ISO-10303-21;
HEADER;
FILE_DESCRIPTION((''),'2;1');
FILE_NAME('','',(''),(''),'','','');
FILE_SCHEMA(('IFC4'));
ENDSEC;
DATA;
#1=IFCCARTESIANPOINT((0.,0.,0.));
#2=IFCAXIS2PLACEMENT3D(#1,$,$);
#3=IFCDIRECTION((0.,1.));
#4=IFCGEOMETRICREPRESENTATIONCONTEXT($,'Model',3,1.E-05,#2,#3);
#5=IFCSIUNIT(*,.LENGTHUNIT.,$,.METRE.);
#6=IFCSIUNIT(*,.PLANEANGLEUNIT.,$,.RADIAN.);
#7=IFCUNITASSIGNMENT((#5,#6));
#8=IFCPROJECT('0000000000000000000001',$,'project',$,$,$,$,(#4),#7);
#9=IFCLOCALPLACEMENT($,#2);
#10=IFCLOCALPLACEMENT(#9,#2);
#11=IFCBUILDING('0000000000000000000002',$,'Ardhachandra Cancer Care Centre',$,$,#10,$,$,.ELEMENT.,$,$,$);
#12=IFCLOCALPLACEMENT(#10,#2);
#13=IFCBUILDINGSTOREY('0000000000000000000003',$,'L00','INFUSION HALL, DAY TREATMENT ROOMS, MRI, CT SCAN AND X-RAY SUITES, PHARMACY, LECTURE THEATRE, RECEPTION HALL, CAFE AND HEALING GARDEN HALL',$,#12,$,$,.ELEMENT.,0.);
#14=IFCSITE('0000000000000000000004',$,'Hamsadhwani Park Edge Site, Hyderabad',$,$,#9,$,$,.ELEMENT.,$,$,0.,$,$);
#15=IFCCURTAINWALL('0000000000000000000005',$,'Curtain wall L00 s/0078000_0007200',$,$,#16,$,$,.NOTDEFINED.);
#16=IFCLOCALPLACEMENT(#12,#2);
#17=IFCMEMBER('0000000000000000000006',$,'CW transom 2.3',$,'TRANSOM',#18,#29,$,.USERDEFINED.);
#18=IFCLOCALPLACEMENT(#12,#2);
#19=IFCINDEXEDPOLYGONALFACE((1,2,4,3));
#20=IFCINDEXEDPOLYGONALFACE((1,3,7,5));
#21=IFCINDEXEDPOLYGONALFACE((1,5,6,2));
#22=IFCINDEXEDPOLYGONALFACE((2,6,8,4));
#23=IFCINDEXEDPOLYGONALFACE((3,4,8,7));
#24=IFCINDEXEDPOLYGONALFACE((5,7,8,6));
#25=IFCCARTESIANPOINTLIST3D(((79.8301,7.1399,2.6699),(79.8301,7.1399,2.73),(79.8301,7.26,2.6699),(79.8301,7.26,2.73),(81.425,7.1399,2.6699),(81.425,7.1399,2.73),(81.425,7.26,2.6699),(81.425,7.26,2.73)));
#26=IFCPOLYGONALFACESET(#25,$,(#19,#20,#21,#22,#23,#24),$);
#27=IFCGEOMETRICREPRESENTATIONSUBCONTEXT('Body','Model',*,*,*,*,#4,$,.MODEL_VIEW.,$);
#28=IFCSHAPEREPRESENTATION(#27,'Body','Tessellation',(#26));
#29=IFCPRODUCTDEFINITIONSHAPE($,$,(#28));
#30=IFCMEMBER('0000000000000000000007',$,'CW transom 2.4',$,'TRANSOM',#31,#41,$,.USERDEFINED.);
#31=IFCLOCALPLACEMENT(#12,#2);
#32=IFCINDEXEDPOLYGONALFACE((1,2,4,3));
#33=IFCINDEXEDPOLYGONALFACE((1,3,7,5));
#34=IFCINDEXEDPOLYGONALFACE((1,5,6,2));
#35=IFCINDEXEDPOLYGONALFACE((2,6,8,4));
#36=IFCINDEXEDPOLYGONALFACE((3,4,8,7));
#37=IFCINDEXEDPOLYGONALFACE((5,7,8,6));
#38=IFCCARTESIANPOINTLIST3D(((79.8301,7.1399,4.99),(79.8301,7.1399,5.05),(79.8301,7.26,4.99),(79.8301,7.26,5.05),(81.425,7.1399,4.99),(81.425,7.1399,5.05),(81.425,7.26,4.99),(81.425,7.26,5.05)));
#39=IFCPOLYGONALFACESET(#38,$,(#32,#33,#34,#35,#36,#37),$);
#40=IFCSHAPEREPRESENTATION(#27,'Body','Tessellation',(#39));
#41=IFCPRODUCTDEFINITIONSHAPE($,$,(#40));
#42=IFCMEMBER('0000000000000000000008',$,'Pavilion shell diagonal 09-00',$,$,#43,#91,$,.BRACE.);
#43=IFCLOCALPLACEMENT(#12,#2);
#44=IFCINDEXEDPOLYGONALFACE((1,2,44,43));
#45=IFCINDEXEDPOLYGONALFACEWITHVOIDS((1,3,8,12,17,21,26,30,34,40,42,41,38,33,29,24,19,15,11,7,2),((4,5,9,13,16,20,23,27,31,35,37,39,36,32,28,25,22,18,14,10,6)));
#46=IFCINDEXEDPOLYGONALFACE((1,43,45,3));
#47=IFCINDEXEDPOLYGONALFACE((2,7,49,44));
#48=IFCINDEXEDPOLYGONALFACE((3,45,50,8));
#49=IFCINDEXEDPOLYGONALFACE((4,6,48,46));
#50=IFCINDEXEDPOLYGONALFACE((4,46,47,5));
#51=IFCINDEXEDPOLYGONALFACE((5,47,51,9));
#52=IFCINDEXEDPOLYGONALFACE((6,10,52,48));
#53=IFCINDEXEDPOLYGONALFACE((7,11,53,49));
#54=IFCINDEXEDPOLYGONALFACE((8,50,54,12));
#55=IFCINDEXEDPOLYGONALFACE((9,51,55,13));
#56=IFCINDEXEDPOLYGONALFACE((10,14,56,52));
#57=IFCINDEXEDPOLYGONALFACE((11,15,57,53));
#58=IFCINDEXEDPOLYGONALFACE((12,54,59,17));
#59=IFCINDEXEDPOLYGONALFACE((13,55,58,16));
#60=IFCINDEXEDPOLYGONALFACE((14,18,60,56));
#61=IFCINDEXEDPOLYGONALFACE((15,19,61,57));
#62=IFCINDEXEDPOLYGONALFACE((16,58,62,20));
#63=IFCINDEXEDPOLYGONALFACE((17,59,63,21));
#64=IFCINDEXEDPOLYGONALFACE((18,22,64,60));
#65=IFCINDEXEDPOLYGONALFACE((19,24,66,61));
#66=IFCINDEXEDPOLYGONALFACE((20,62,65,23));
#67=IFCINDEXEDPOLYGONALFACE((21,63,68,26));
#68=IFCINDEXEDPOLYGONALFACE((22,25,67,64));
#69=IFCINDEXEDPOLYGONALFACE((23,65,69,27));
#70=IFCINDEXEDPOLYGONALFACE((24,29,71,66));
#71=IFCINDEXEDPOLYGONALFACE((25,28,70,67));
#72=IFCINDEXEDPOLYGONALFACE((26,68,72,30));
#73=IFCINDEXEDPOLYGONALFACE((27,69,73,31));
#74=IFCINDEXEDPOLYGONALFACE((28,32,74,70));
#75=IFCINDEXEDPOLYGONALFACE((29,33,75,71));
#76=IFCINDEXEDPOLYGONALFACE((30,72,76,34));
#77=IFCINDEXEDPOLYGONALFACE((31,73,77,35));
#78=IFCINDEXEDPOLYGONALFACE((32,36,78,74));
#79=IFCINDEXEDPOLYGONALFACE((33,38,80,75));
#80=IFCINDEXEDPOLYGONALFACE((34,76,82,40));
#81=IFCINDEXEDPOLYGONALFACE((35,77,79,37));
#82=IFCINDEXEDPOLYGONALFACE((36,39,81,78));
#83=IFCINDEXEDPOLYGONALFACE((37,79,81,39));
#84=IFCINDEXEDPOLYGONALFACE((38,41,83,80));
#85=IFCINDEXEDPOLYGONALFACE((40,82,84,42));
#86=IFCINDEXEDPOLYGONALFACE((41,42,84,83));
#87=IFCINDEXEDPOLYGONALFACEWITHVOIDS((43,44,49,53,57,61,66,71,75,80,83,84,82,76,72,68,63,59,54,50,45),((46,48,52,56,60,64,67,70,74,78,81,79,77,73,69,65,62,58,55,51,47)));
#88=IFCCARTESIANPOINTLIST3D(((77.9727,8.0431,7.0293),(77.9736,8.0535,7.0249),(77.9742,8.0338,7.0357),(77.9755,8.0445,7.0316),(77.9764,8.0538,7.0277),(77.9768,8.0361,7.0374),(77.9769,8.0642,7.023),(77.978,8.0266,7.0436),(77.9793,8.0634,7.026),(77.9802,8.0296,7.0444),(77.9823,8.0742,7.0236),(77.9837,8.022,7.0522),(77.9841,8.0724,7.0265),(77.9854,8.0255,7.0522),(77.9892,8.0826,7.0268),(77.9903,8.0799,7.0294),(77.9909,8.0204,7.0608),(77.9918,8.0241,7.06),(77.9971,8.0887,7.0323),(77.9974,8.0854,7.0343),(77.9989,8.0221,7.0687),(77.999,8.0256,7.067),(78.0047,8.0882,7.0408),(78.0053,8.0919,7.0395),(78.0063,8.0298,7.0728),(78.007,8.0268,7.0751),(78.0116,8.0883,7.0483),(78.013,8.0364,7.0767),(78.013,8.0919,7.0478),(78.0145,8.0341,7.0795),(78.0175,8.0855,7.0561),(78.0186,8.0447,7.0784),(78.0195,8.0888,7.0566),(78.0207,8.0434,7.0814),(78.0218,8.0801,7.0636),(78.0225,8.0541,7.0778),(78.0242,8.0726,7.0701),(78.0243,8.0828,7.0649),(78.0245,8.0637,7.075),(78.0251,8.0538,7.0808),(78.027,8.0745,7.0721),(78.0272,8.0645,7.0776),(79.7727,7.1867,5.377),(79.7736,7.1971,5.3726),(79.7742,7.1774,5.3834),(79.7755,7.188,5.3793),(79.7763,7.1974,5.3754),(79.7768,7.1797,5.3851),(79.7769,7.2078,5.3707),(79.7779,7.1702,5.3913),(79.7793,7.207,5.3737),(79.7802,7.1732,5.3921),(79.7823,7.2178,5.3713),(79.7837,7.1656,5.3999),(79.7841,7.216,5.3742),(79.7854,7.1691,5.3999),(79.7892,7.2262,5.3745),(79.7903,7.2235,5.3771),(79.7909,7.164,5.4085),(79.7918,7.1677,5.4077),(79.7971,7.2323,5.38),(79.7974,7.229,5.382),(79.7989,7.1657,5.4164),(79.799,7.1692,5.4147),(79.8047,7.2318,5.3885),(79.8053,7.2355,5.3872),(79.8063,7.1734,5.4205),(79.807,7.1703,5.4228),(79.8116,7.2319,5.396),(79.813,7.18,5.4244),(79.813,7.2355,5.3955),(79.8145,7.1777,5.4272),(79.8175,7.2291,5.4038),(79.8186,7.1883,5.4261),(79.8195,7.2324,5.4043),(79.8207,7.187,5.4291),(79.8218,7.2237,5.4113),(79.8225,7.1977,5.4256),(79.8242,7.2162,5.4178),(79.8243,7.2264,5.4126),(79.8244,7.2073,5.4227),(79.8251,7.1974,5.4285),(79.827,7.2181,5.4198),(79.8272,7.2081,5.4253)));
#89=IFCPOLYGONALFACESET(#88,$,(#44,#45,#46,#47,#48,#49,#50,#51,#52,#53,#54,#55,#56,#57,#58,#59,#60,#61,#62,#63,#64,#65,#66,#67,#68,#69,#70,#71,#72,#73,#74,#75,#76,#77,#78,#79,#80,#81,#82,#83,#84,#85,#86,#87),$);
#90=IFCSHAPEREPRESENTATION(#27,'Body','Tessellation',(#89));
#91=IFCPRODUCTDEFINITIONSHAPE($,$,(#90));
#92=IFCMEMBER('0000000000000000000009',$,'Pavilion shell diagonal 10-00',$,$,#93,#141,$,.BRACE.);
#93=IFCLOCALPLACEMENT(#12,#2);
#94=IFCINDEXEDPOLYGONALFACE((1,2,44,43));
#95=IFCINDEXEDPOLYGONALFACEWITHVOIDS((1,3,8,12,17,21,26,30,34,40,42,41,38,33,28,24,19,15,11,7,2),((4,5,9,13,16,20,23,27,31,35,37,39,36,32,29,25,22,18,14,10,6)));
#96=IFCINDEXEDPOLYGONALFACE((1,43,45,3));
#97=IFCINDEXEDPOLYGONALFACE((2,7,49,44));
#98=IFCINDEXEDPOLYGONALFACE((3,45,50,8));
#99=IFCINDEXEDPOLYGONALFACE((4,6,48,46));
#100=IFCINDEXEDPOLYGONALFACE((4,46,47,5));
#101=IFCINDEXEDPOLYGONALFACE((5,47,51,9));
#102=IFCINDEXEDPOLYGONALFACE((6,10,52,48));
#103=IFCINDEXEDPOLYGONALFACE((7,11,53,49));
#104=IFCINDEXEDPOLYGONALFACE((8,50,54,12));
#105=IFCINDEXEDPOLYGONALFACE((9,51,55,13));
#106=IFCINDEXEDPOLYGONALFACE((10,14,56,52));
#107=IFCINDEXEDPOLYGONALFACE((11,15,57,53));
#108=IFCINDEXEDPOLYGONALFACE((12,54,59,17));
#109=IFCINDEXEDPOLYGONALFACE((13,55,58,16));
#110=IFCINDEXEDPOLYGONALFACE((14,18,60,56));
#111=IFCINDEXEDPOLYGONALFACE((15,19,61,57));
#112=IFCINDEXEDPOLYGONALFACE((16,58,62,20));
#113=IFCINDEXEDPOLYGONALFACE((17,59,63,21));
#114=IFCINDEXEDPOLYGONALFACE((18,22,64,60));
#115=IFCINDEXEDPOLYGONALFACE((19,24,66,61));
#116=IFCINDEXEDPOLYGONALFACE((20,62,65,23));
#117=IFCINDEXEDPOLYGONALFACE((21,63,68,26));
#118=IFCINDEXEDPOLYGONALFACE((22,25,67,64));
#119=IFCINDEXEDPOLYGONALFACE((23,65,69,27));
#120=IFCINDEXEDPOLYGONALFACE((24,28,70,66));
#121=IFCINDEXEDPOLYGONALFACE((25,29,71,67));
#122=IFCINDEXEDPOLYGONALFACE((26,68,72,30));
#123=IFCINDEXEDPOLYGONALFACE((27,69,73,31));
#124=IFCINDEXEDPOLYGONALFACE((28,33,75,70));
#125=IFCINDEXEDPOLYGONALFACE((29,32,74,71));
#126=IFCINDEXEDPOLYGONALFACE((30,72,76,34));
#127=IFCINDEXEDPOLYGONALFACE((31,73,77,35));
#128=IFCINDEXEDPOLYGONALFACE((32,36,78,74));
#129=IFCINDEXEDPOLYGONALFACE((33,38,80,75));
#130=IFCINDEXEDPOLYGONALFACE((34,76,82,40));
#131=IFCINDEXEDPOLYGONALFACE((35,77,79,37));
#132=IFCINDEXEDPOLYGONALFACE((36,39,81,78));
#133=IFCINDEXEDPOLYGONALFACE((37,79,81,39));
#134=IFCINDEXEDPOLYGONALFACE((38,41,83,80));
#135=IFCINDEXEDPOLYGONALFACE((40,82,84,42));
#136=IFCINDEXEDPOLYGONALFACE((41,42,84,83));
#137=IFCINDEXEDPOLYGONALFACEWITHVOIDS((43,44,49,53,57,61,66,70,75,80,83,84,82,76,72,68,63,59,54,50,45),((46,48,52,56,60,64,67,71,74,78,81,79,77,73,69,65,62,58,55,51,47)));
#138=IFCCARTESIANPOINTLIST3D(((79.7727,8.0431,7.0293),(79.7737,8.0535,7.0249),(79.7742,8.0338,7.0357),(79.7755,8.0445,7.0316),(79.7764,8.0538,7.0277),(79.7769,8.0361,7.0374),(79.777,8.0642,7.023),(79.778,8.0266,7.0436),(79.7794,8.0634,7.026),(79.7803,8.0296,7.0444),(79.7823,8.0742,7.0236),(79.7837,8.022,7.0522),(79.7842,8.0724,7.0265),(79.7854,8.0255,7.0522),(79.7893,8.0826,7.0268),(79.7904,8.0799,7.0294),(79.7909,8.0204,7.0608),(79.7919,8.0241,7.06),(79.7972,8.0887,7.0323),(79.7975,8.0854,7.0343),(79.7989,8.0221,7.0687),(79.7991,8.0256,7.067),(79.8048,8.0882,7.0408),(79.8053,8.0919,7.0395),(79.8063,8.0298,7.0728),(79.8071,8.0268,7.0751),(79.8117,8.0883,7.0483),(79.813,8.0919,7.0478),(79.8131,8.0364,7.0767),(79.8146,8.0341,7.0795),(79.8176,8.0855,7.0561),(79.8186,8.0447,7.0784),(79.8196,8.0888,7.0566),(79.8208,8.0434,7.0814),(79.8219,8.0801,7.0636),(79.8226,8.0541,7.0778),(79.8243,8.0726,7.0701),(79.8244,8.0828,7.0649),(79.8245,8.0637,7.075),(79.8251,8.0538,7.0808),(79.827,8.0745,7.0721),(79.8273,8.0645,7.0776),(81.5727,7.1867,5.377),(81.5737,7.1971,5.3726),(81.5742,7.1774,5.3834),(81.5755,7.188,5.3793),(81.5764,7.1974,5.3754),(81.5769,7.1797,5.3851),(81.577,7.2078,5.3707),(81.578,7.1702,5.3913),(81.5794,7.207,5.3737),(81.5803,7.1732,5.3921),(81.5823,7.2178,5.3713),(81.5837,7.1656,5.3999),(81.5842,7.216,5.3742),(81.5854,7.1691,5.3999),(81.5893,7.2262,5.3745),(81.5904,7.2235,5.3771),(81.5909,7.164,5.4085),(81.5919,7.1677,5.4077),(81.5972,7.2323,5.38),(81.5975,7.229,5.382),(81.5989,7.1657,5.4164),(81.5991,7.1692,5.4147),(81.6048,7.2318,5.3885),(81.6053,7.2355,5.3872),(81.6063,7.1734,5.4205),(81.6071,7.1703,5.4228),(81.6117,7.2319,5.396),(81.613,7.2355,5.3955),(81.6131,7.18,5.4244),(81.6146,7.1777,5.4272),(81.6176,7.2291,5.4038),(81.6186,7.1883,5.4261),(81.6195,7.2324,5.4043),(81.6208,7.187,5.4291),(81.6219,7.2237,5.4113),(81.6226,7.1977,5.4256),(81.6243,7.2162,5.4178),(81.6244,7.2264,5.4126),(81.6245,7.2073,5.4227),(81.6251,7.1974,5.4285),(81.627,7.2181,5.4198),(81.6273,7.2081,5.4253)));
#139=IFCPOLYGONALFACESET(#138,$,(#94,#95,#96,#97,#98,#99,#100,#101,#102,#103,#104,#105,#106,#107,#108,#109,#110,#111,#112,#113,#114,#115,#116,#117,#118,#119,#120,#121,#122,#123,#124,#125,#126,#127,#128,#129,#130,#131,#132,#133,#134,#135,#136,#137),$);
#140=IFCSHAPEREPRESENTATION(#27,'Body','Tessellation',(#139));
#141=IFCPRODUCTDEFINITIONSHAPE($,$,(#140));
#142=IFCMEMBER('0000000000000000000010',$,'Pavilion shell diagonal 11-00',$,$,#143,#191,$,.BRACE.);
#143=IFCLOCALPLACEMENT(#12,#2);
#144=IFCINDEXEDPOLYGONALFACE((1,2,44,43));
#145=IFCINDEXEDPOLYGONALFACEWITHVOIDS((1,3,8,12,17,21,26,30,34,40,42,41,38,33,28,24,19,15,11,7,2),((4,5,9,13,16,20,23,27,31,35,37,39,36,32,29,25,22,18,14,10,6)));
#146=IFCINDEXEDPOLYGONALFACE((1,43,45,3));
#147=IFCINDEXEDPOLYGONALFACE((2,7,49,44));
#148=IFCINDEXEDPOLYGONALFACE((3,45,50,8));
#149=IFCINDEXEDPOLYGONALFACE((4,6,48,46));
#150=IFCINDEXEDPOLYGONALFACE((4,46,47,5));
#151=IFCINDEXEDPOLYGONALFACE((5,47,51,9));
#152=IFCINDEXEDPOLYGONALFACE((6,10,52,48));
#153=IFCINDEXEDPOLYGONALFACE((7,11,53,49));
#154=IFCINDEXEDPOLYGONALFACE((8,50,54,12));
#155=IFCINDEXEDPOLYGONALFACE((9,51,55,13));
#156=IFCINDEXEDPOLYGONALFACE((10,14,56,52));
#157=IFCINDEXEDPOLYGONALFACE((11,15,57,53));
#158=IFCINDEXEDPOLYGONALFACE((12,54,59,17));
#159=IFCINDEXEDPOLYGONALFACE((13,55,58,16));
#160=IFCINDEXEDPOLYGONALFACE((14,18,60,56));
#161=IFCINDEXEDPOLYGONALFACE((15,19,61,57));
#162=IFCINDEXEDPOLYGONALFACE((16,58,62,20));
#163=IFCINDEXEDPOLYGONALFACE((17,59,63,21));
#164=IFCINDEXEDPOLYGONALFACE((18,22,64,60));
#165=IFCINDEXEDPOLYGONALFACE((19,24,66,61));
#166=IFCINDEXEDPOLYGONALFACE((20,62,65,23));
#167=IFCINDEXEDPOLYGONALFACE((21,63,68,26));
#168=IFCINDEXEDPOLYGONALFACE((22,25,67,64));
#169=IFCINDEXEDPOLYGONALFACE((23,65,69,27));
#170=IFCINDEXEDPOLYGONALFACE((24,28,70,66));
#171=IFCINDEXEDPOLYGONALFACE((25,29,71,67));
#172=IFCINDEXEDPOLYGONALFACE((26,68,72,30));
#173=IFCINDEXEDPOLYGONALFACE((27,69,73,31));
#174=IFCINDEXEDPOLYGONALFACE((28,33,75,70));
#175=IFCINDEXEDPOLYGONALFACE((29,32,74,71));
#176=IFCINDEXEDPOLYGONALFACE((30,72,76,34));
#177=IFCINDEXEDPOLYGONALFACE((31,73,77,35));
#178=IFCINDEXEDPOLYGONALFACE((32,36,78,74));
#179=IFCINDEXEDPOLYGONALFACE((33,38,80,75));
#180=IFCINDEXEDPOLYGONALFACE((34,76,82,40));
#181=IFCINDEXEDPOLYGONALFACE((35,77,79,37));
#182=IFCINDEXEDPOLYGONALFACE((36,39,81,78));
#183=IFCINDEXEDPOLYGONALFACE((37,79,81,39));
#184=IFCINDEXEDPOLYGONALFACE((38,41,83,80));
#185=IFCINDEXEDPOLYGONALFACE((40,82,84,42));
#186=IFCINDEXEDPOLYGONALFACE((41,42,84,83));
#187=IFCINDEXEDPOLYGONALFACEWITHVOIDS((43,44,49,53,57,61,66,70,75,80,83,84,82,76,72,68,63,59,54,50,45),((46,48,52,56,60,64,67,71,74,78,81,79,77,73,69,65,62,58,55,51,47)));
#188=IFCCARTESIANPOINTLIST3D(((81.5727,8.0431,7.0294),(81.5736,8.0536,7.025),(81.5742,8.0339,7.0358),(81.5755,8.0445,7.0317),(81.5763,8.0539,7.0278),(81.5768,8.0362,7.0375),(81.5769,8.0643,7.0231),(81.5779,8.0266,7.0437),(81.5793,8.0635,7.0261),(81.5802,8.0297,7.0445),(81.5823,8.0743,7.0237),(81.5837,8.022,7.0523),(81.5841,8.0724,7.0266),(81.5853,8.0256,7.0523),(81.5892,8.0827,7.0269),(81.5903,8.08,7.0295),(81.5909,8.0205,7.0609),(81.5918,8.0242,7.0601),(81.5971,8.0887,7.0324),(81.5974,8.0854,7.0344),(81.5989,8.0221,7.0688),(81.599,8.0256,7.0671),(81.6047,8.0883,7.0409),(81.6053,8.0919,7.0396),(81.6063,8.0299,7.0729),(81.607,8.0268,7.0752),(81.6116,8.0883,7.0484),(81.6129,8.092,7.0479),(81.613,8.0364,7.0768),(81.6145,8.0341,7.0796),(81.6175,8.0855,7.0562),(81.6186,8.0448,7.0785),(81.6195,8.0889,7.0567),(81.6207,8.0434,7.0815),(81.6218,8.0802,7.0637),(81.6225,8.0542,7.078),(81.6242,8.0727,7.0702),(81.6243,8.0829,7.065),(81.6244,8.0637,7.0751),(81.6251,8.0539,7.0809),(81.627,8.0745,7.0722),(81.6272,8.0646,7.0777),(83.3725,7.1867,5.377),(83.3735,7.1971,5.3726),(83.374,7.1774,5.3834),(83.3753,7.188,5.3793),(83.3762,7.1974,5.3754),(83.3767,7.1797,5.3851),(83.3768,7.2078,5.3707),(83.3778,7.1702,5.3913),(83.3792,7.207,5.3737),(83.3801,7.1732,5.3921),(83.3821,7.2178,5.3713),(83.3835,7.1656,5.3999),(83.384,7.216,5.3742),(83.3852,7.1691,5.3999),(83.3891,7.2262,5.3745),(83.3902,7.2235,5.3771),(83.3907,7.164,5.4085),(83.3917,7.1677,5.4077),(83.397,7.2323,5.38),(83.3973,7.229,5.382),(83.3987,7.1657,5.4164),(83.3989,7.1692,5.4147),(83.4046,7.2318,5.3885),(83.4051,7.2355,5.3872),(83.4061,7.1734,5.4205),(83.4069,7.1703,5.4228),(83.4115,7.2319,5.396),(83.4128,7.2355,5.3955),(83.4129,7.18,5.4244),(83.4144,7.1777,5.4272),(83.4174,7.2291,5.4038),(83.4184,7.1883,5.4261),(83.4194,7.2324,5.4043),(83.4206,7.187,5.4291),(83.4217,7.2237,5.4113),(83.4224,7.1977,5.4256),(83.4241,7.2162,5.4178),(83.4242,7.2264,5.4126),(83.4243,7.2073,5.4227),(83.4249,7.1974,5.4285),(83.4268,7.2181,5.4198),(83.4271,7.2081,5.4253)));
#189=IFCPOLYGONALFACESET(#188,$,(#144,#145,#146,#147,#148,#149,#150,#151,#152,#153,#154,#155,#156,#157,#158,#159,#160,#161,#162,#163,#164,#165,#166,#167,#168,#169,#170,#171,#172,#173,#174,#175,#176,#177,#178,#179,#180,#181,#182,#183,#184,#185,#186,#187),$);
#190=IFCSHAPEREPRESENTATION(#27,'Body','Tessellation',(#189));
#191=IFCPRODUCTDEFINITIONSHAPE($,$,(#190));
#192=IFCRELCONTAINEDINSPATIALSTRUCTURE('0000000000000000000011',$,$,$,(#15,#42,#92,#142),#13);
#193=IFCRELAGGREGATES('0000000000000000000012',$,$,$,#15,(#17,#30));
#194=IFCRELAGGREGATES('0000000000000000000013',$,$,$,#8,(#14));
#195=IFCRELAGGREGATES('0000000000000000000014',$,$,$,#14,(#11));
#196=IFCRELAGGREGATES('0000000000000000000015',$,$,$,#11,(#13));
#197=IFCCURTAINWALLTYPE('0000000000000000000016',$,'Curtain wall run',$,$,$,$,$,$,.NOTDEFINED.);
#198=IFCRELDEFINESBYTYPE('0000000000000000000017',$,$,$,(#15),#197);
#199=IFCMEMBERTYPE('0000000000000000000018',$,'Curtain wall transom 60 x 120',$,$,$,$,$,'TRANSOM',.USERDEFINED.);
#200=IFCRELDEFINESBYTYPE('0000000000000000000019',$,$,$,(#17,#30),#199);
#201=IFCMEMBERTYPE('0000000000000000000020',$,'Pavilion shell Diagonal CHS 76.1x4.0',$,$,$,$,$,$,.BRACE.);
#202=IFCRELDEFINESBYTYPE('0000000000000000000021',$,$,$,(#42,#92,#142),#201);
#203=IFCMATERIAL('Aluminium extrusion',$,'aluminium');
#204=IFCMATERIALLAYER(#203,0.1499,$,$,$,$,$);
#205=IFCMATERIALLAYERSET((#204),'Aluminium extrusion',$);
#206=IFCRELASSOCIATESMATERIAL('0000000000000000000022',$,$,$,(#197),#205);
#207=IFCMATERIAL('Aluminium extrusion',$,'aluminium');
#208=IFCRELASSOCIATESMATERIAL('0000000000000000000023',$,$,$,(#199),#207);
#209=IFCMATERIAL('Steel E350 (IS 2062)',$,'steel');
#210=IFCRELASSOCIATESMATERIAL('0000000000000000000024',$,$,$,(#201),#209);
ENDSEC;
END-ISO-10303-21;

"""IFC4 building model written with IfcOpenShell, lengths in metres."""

from ifc_helpers import new_model, si_unit, direction, frame, origin, origin_2d, place, context, subcontext, project, spatial, rectangle, hollow_circle, extrude, material, layer, layer_set, material_profile, profile_set, type_object, element, aggregate, save


model = new_model("IFC4")

# Units and contexts
model_context = context("Model", 3, precision=1e-05, world=origin(), true_north=direction((0.0, 1.0)))
body_context = subcontext(model_context, "Body", "Model", "MODEL_VIEW")
ifc_project = project(units=[si_unit("LENGTHUNIT", "METRE"), si_unit("PLANEANGLEUNIT", "RADIAN")], contexts=[model_context])

# Site, building, storey
site_placement = place(None, origin())
site = spatial("IfcSite", under=ifc_project, at=site_placement, Name="Hamsadhwani Park Edge Site, Hyderabad", CompositionType="ELEMENT", RefElevation=0.0)
building_placement = place(site_placement, origin())
building = spatial("IfcBuilding", under=site, at=building_placement, Name="Ardhachandra Cancer Care Centre", CompositionType="ELEMENT")
storey_placement = place(building_placement, origin())
storey = spatial("IfcBuildingStorey", under=building, at=storey_placement, Name="L00", Description="INFUSION HALL, DAY TREATMENT ROOMS, MRI, CT SCAN AND X-RAY SUITES, PHARMACY, LECTURE THEATRE, RECEPTION HALL, CAFE AND HEALING GARDEN HALL", CompositionType="ELEMENT", Elevation=0.0)

# Curtain wall, members
ifc_material_1 = material(Name="Aluminium extrusion", Category="aluminium")
ifc_layer_1 = layer(ifc_material_1, 0.1499)
ifc_layer_set_1 = layer_set([ifc_layer_1], Name="Aluminium extrusion")
curtain_wall_type = type_object("IfcCurtainWallType", Name="Curtain wall run", PredefinedType="NOTDEFINED", material=ifc_layer_set_1)
ifc_material_2 = material(Name="Aluminium extrusion", Category="aluminium")
ifc_material_profile_1 = material_profile(ifc_material_2, rectangle(XDim=0.1201, YDim=0.0601, at=origin_2d()), Name="Curtain wall transom 60 x 120")
ifc_profile_set_1 = profile_set([ifc_material_profile_1], Name="Aluminium extrusion")
member_type_1 = type_object("IfcMemberType", Name="Curtain wall transom 60 x 120", ElementType="TRANSOM", PredefinedType="USERDEFINED", material=ifc_profile_set_1)
curtain_wall_1_placement = place(storey_placement, origin())
curtain_wall_1 = element("IfcCurtainWall", 1, at=curtain_wall_1_placement, inside=storey, type_object=curtain_wall_type, Name="Curtain wall L00 s/0078000_0007200", PredefinedType="NOTDEFINED")
member_1_placement = place(storey_placement, frame((79.8301, 7.2, 2.7), z_axis=(1.0, 0.0, 0.0), x_axis=(0.0, 1.0, 0.0)))
member_1 = element("IfcMember", 2, at=member_1_placement, type_object=member_type_1, Name="CW transom 2.3", ObjectType="TRANSOM", PredefinedType="USERDEFINED", context=body_context, shape_type="SweptSolid", body=[
    extrude(rectangle(XDim=0.1201, YDim=0.0601, at=origin_2d()), origin(), (0.0, 0.0, 1.0), 1.595),
])
member_2_placement = place(storey_placement, frame((79.8301, 7.2, 5.02), z_axis=(1.0, 0.0, 0.0), x_axis=(0.0, 1.0, 0.0)))
member_2 = element("IfcMember", 3, at=member_2_placement, type_object=member_type_1, Name="CW transom 2.4", ObjectType="TRANSOM", PredefinedType="USERDEFINED", context=body_context, shape_type="SweptSolid", body=[
    extrude(rectangle(XDim=0.1201, YDim=0.0601, at=origin_2d()), origin(), (0.0, 0.0, 1.0), 1.595),
])

# Members
ifc_material_3 = material(Name="Steel E350 (IS 2062)", Category="steel")
ifc_material_profile_2 = material_profile(ifc_material_3, hollow_circle(Radius=0.0381, WallThickness=0.0039, at=origin_2d()), Name="CHS 76.1x4.0")
ifc_profile_set_2 = profile_set([ifc_material_profile_2], Name="Steel E350 (IS 2062)")
member_type_2 = type_object("IfcMemberType", Name="Pavilion shell Diagonal CHS 76.1x4.0", PredefinedType="BRACE", material=ifc_profile_set_2)
for number, where, z_axis, x_axis, name in (
    (4, (79.8, 7.2, 5.3999), (-0.695216, 0.330777, 0.63817), (-0.429639, -0.903001, 0.0), "Pavilion shell diagonal 09-00"),
    (5, (81.6001, 7.2, 5.3999), (-0.695216, 0.330777, 0.63817), (-0.429639, -0.903001, 0.0), "Pavilion shell diagonal 10-00"),
    (6, (83.3999, 7.2, 5.3999), (-0.695168, 0.330799, 0.638212), (-0.429686, -0.902978, 0.0), "Pavilion shell diagonal 11-00"),
):
    element("IfcMember", number, at=place(storey_placement, frame(where, z_axis=z_axis, x_axis=x_axis)), inside=storey, type_object=member_type_2, Name=name, PredefinedType="BRACE", context=body_context, shape_type="SweptSolid", body=[
        extrude(hollow_circle(Radius=0.0381, WallThickness=0.0039, at=origin_2d()), origin(), (0.0, 0.0, 1.0), 2.5891),
    ])

aggregate(curtain_wall_1, [member_1, member_2])

save(model, "model.ifc")
